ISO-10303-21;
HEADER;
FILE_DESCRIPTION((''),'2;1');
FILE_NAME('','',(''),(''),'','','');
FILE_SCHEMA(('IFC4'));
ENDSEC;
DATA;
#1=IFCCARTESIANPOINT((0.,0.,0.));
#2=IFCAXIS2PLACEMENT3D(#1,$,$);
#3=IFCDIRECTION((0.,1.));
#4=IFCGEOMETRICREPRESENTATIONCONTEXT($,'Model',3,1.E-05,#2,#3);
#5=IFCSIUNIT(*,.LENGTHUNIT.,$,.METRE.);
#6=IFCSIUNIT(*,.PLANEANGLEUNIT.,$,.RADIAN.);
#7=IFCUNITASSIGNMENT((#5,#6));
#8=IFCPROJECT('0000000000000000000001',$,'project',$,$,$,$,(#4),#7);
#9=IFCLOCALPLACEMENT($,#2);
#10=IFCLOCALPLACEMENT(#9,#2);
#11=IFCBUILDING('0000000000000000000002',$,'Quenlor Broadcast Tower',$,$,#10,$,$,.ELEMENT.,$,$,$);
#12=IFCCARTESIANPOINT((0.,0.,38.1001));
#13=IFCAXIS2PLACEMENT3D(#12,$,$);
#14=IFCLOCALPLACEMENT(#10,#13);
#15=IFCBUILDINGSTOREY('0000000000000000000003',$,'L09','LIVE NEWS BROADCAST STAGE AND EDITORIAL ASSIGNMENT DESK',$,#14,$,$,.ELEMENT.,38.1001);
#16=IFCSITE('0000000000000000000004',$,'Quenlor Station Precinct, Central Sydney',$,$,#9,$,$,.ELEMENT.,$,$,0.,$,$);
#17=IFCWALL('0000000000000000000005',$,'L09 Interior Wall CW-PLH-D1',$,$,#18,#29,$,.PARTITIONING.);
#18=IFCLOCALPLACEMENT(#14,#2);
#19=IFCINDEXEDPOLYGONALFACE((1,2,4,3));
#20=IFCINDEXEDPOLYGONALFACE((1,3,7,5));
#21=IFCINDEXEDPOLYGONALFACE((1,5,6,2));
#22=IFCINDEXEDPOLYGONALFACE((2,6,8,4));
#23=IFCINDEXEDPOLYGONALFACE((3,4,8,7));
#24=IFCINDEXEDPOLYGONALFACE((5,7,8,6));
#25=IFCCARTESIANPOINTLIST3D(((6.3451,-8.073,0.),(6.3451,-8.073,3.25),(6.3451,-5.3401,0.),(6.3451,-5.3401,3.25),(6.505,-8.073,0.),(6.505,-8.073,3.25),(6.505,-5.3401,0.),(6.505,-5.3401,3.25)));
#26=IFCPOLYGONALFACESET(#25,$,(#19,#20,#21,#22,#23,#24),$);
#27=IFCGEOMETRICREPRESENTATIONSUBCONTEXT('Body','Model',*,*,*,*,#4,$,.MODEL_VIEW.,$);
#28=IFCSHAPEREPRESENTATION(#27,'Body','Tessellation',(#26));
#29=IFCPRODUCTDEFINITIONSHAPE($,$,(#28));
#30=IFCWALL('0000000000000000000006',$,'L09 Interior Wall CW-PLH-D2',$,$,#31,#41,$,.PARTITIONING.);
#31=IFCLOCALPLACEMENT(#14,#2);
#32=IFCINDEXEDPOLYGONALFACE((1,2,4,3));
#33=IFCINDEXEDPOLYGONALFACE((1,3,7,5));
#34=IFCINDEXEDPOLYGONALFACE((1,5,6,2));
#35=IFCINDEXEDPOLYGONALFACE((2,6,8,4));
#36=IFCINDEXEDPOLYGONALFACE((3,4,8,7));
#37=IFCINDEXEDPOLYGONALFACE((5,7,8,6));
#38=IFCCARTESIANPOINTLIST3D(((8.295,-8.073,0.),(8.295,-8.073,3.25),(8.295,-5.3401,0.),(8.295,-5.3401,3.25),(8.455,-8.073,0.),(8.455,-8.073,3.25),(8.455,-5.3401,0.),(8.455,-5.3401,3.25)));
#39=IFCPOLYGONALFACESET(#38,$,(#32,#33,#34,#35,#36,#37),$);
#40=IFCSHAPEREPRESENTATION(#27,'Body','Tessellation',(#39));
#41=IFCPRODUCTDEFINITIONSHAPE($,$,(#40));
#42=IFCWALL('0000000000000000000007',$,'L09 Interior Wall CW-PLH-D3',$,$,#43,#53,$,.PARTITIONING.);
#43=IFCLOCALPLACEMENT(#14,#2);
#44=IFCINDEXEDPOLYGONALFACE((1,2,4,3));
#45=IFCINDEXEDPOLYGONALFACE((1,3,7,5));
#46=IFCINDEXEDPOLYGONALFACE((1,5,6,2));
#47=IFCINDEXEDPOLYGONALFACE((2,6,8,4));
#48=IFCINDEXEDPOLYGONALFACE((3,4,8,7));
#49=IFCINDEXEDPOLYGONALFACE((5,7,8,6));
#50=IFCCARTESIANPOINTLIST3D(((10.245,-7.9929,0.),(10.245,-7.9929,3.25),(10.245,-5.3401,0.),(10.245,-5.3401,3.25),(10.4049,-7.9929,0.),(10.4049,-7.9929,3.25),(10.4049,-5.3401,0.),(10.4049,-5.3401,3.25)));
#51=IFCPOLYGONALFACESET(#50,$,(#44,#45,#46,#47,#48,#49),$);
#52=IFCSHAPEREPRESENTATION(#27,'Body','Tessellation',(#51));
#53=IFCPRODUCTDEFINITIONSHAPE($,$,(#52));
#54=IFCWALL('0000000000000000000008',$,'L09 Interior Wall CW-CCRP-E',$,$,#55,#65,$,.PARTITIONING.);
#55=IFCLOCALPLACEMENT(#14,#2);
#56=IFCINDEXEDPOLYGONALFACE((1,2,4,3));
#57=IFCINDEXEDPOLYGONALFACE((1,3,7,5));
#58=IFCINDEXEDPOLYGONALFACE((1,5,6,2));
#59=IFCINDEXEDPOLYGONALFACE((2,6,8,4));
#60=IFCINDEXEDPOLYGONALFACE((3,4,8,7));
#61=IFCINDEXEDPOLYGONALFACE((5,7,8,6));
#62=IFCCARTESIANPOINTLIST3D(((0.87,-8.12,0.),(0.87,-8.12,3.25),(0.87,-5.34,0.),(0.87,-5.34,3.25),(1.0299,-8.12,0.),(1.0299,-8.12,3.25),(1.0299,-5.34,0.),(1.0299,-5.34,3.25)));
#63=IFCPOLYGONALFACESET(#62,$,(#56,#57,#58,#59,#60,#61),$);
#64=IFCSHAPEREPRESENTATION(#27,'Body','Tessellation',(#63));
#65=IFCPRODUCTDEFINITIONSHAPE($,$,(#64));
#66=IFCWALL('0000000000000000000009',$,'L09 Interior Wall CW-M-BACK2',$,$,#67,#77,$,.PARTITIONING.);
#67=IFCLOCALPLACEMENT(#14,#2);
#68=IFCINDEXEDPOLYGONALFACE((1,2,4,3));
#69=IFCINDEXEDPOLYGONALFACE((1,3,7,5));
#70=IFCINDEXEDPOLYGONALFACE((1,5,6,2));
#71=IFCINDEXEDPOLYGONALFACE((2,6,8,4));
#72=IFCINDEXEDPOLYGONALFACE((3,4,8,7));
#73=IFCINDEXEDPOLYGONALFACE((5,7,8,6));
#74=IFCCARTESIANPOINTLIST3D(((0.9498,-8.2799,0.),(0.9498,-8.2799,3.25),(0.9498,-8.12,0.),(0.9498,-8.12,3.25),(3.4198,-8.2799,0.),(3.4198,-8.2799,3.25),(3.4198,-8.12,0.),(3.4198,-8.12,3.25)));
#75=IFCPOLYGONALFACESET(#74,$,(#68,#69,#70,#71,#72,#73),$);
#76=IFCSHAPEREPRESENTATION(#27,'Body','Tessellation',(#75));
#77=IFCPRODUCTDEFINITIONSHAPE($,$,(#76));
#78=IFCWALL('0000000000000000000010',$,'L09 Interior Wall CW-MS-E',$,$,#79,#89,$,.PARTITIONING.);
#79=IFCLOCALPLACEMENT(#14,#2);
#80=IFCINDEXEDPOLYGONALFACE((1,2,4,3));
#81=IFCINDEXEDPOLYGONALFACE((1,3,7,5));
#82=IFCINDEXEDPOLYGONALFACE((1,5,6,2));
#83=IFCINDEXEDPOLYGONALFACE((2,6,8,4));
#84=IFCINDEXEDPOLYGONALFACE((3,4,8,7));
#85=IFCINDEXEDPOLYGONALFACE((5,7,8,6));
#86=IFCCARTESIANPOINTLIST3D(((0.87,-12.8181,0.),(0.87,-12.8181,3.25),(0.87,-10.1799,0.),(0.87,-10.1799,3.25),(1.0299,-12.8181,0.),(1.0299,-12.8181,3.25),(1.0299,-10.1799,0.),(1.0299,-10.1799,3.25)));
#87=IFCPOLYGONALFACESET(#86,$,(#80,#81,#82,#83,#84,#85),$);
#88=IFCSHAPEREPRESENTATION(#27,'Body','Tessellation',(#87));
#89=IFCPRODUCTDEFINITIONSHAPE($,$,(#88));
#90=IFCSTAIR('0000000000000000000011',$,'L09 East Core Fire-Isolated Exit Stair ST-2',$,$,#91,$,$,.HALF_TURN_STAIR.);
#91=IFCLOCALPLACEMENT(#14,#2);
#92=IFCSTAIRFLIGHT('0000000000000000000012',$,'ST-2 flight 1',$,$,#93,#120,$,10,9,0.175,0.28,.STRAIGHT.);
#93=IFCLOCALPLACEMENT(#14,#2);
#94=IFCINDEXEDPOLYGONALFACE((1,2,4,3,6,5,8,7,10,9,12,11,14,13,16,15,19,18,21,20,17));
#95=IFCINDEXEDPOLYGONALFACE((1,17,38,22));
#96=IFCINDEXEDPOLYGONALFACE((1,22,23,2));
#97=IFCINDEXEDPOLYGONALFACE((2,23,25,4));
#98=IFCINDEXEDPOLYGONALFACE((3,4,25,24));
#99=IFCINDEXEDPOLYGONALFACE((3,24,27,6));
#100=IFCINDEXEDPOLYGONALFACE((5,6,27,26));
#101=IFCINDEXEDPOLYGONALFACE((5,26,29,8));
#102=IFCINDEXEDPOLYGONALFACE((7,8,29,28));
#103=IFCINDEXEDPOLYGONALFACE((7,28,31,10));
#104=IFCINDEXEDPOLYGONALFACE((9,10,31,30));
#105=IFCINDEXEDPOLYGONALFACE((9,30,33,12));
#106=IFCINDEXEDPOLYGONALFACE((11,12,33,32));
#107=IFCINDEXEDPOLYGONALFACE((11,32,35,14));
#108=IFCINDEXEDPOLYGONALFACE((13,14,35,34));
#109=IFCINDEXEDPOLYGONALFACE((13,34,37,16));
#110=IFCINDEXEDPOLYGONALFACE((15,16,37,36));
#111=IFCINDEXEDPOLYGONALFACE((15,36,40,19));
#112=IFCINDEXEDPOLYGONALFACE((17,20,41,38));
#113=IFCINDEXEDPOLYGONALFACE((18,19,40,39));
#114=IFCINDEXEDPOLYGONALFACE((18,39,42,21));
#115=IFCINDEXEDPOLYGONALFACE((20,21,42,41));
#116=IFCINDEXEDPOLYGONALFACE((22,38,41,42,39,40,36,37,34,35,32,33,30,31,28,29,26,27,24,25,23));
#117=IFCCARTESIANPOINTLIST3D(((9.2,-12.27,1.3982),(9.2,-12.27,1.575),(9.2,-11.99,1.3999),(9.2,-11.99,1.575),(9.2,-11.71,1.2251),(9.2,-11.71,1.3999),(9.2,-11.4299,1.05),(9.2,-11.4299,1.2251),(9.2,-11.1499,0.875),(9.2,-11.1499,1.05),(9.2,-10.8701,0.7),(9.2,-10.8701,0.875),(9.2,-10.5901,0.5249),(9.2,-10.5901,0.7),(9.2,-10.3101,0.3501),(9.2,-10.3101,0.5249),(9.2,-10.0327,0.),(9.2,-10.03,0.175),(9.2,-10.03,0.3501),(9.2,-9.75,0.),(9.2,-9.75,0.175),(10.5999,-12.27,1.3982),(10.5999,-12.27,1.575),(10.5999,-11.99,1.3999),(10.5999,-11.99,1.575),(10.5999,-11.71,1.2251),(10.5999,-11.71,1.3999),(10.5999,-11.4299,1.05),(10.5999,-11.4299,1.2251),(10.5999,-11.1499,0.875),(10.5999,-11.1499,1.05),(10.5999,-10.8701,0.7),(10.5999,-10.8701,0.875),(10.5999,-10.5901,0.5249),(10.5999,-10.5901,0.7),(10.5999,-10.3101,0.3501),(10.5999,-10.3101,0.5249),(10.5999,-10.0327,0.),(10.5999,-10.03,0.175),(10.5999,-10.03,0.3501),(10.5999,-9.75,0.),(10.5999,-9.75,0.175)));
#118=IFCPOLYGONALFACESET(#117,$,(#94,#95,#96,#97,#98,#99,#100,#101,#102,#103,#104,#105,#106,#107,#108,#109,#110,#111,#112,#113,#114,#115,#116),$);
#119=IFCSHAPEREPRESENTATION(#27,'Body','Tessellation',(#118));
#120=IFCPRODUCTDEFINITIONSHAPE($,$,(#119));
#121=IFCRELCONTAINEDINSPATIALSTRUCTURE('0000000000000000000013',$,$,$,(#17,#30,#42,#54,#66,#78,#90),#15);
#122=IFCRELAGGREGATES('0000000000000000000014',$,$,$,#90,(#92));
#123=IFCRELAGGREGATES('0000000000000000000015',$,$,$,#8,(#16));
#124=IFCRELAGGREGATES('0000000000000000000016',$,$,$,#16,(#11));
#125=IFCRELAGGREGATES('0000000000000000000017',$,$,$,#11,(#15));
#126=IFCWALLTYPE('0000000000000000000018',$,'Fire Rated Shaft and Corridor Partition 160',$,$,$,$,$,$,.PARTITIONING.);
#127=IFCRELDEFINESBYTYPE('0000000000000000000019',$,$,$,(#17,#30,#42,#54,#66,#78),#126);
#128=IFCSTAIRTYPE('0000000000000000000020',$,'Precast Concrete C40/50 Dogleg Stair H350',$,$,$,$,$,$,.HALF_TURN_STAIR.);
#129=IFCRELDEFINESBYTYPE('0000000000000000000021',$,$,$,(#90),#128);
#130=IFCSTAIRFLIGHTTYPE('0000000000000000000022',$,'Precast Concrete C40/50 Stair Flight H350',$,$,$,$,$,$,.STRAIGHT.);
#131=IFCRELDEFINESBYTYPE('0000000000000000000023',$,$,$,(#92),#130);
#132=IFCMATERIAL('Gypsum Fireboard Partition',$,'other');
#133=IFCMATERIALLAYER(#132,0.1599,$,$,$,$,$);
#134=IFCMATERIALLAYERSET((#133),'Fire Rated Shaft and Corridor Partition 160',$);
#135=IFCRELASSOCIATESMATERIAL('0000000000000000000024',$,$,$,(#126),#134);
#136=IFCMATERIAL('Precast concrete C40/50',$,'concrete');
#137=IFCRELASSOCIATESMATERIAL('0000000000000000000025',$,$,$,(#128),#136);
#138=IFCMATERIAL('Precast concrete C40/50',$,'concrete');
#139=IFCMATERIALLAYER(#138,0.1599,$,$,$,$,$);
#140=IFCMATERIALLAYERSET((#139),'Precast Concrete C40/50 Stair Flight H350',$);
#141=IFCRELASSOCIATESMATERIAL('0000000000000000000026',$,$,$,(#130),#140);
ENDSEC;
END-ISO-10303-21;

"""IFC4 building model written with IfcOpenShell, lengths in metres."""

from ifc_helpers import new_model, si_unit, direction, frame, frame_2d, origin, place, context, subcontext, project, spatial, polyline, rectangle, outline, extrude, material, layer, layer_set, type_object, element, aggregate, save


model = new_model("IFC4")

# Units and contexts
model_context = context("Model", 3, precision=1e-05, world=origin(), true_north=direction((0.0, 1.0)))
body_context = subcontext(model_context, "Body", "Model", "MODEL_VIEW")
ifc_project = project(units=[si_unit("LENGTHUNIT", "METRE"), si_unit("PLANEANGLEUNIT", "RADIAN")], contexts=[model_context])

# Site, building, storey
site_placement = place(None, origin())
site = spatial("IfcSite", under=ifc_project, at=site_placement, Name="Quenlor Station Precinct, Central Sydney", CompositionType="ELEMENT", RefElevation=0.0)
building_placement = place(site_placement, origin())
building = spatial("IfcBuilding", under=site, at=building_placement, Name="Quenlor Broadcast Tower", CompositionType="ELEMENT")
storey_placement = place(building_placement, frame((0.0, 0.0, 38.1001)))
storey = spatial("IfcBuildingStorey", under=building, at=storey_placement, Name="L09", Description="LIVE NEWS BROADCAST STAGE AND EDITORIAL ASSIGNMENT DESK", CompositionType="ELEMENT", Elevation=38.1001)

# Walls
ifc_material_1 = material(Name="Gypsum Fireboard Partition", Category="other")
ifc_layer_1 = layer(ifc_material_1, 0.1599)
ifc_layer_set_1 = layer_set([ifc_layer_1], Name="Fire Rated Shaft and Corridor Partition 160")
wall_type_1 = type_object("IfcWallType", Name="Fire Rated Shaft and Corridor Partition 160", PredefinedType="PARTITIONING", material=ifc_layer_set_1)
for number, where, z_axis, x_axis, name in (
    (1, (6.425, -8.073, 0.0), (0.0, 0.0, 1.0), (0.0, 1.0, 0.0), "L09 Interior Wall CW-PLH-D1"),
    (2, (8.375, -8.073, 0.0), (0.0, 0.0, 1.0), (0.0, 1.0, 0.0), "L09 Interior Wall CW-PLH-D2"),
):
    element("IfcWall", number, at=place(storey_placement, frame(where, z_axis=z_axis, x_axis=x_axis)), inside=storey, type_object=wall_type_1, Name=name, PredefinedType="PARTITIONING", context=body_context, shape_type="SweptSolid", body=[
        extrude(rectangle(XDim=2.7329, YDim=0.1599, at=frame_2d((1.3665, 0.0))), origin(), (0.0, 0.0, 1.0), 3.25),
    ])
wall_1_placement = place(storey_placement, frame((10.325, -7.9929, 0.0), z_axis=(0.0, 0.0, 1.0), x_axis=(0.0, 1.0, 0.0)))
element("IfcWall", 3, at=wall_1_placement, inside=storey, type_object=wall_type_1, Name="L09 Interior Wall CW-PLH-D3", PredefinedType="PARTITIONING", context=body_context, shape_type="SweptSolid", body=[
    extrude(rectangle(XDim=2.6528, YDim=0.1599, at=frame_2d((1.3264, 0.0))), origin(), (0.0, 0.0, 1.0), 3.25),
])
wall_2_placement = place(storey_placement, frame((0.95, -8.1201, 0.0), z_axis=(0.0, 0.0, 1.0), x_axis=(0.0, 1.0, 0.0)))
element("IfcWall", 4, at=wall_2_placement, inside=storey, type_object=wall_type_1, Name="L09 Interior Wall CW-CCRP-E", PredefinedType="PARTITIONING", context=body_context, shape_type="SweptSolid", body=[
    extrude(rectangle(XDim=2.78, YDim=0.1599, at=frame_2d((1.3901, 0.0))), origin(), (0.0, 0.0, 1.0), 3.25),
])
wall_3_placement = place(storey_placement, frame((0.95, -8.2, 0.0), z_axis=(0.0, 0.0, 1.0), x_axis=(1.0, 0.0, 0.0)))
element("IfcWall", 5, at=wall_3_placement, inside=storey, type_object=wall_type_1, Name="L09 Interior Wall CW-M-BACK2", PredefinedType="PARTITIONING", context=body_context, shape_type="SweptSolid", body=[
    extrude(rectangle(XDim=2.47, YDim=0.1599, at=frame_2d((1.2349, 0.0))), origin(), (0.0, 0.0, 1.0), 3.25),
])
wall_4_placement = place(storey_placement, frame((0.95, -12.8181, 0.0), z_axis=(0.0, 0.0, 1.0), x_axis=(0.0, 1.0, 0.0)))
element("IfcWall", 6, at=wall_4_placement, inside=storey, type_object=wall_type_1, Name="L09 Interior Wall CW-MS-E", PredefinedType="PARTITIONING", context=body_context, shape_type="SweptSolid", body=[
    extrude(rectangle(XDim=2.6382, YDim=0.1599, at=frame_2d((1.3191, 0.0))), origin(), (0.0, 0.0, 1.0), 3.25),
])

# Stair, stair flight
ifc_material_2 = material(Name="Precast concrete C40/50", Category="concrete")
stair_type = type_object("IfcStairType", Name="Precast Concrete C40/50 Dogleg Stair H350", PredefinedType="HALF_TURN_STAIR", material=ifc_material_2)
stair_placement = place(storey_placement, origin())
stair = element("IfcStair", 7, at=stair_placement, inside=storey, type_object=stair_type, Name="L09 East Core Fire-Isolated Exit Stair ST-2", PredefinedType="HALF_TURN_STAIR")
ifc_material_3 = material(Name="Precast concrete C40/50", Category="concrete")
ifc_layer_2 = layer(ifc_material_3, 0.1599)
ifc_layer_set_2 = layer_set([ifc_layer_2], Name="Precast Concrete C40/50 Stair Flight H350")
stair_flight_type = type_object("IfcStairFlightType", Name="Precast Concrete C40/50 Stair Flight H350", PredefinedType="STRAIGHT", material=ifc_layer_set_2)
stair_flight_placement = place(storey_placement, frame((9.8999, -9.75, 0.0), z_axis=(0.0, 0.0, 1.0), x_axis=(0.0, -1.0, 0.0)))
stair_flight = element("IfcStairFlight", 8, at=stair_flight_placement, type_object=stair_flight_type, Name="ST-2 flight 1", NumberOfRisers=10, NumberOfTreads=9, PredefinedType="STRAIGHT", RiserHeight=0.175, TreadLength=0.28, context=body_context, shape_type="SweptSolid", body=[
    extrude(outline(polyline([(0.0, 0.0), (0.0, 0.175), (0.28, 0.175), (0.28, 0.3501), (0.5601, 0.3501), (0.5601, 0.5249), (0.8401, 0.5249), (0.8401, 0.7), (1.1201, 0.7), (1.1201, 0.875), (1.3999, 0.875), (1.3999, 1.05), (1.6799, 1.05), (1.6799, 1.2251), (1.96, 1.2251), (1.96, 1.3999), (2.24, 1.3999), (2.24, 1.575), (2.52, 1.575), (2.52, 1.75), (2.52, 1.3982), (0.2827, 0.0), (0.0, 0.0)])), frame((0.0, 0.7, 0.0), z_axis=(0.0, -1.0, 0.0), x_axis=(1.0, 0.0, 0.0)), (0.0, 0.0, 1.0), 1.3999),
])
aggregate(stair, [stair_flight])

save(model, "model.ifc")
